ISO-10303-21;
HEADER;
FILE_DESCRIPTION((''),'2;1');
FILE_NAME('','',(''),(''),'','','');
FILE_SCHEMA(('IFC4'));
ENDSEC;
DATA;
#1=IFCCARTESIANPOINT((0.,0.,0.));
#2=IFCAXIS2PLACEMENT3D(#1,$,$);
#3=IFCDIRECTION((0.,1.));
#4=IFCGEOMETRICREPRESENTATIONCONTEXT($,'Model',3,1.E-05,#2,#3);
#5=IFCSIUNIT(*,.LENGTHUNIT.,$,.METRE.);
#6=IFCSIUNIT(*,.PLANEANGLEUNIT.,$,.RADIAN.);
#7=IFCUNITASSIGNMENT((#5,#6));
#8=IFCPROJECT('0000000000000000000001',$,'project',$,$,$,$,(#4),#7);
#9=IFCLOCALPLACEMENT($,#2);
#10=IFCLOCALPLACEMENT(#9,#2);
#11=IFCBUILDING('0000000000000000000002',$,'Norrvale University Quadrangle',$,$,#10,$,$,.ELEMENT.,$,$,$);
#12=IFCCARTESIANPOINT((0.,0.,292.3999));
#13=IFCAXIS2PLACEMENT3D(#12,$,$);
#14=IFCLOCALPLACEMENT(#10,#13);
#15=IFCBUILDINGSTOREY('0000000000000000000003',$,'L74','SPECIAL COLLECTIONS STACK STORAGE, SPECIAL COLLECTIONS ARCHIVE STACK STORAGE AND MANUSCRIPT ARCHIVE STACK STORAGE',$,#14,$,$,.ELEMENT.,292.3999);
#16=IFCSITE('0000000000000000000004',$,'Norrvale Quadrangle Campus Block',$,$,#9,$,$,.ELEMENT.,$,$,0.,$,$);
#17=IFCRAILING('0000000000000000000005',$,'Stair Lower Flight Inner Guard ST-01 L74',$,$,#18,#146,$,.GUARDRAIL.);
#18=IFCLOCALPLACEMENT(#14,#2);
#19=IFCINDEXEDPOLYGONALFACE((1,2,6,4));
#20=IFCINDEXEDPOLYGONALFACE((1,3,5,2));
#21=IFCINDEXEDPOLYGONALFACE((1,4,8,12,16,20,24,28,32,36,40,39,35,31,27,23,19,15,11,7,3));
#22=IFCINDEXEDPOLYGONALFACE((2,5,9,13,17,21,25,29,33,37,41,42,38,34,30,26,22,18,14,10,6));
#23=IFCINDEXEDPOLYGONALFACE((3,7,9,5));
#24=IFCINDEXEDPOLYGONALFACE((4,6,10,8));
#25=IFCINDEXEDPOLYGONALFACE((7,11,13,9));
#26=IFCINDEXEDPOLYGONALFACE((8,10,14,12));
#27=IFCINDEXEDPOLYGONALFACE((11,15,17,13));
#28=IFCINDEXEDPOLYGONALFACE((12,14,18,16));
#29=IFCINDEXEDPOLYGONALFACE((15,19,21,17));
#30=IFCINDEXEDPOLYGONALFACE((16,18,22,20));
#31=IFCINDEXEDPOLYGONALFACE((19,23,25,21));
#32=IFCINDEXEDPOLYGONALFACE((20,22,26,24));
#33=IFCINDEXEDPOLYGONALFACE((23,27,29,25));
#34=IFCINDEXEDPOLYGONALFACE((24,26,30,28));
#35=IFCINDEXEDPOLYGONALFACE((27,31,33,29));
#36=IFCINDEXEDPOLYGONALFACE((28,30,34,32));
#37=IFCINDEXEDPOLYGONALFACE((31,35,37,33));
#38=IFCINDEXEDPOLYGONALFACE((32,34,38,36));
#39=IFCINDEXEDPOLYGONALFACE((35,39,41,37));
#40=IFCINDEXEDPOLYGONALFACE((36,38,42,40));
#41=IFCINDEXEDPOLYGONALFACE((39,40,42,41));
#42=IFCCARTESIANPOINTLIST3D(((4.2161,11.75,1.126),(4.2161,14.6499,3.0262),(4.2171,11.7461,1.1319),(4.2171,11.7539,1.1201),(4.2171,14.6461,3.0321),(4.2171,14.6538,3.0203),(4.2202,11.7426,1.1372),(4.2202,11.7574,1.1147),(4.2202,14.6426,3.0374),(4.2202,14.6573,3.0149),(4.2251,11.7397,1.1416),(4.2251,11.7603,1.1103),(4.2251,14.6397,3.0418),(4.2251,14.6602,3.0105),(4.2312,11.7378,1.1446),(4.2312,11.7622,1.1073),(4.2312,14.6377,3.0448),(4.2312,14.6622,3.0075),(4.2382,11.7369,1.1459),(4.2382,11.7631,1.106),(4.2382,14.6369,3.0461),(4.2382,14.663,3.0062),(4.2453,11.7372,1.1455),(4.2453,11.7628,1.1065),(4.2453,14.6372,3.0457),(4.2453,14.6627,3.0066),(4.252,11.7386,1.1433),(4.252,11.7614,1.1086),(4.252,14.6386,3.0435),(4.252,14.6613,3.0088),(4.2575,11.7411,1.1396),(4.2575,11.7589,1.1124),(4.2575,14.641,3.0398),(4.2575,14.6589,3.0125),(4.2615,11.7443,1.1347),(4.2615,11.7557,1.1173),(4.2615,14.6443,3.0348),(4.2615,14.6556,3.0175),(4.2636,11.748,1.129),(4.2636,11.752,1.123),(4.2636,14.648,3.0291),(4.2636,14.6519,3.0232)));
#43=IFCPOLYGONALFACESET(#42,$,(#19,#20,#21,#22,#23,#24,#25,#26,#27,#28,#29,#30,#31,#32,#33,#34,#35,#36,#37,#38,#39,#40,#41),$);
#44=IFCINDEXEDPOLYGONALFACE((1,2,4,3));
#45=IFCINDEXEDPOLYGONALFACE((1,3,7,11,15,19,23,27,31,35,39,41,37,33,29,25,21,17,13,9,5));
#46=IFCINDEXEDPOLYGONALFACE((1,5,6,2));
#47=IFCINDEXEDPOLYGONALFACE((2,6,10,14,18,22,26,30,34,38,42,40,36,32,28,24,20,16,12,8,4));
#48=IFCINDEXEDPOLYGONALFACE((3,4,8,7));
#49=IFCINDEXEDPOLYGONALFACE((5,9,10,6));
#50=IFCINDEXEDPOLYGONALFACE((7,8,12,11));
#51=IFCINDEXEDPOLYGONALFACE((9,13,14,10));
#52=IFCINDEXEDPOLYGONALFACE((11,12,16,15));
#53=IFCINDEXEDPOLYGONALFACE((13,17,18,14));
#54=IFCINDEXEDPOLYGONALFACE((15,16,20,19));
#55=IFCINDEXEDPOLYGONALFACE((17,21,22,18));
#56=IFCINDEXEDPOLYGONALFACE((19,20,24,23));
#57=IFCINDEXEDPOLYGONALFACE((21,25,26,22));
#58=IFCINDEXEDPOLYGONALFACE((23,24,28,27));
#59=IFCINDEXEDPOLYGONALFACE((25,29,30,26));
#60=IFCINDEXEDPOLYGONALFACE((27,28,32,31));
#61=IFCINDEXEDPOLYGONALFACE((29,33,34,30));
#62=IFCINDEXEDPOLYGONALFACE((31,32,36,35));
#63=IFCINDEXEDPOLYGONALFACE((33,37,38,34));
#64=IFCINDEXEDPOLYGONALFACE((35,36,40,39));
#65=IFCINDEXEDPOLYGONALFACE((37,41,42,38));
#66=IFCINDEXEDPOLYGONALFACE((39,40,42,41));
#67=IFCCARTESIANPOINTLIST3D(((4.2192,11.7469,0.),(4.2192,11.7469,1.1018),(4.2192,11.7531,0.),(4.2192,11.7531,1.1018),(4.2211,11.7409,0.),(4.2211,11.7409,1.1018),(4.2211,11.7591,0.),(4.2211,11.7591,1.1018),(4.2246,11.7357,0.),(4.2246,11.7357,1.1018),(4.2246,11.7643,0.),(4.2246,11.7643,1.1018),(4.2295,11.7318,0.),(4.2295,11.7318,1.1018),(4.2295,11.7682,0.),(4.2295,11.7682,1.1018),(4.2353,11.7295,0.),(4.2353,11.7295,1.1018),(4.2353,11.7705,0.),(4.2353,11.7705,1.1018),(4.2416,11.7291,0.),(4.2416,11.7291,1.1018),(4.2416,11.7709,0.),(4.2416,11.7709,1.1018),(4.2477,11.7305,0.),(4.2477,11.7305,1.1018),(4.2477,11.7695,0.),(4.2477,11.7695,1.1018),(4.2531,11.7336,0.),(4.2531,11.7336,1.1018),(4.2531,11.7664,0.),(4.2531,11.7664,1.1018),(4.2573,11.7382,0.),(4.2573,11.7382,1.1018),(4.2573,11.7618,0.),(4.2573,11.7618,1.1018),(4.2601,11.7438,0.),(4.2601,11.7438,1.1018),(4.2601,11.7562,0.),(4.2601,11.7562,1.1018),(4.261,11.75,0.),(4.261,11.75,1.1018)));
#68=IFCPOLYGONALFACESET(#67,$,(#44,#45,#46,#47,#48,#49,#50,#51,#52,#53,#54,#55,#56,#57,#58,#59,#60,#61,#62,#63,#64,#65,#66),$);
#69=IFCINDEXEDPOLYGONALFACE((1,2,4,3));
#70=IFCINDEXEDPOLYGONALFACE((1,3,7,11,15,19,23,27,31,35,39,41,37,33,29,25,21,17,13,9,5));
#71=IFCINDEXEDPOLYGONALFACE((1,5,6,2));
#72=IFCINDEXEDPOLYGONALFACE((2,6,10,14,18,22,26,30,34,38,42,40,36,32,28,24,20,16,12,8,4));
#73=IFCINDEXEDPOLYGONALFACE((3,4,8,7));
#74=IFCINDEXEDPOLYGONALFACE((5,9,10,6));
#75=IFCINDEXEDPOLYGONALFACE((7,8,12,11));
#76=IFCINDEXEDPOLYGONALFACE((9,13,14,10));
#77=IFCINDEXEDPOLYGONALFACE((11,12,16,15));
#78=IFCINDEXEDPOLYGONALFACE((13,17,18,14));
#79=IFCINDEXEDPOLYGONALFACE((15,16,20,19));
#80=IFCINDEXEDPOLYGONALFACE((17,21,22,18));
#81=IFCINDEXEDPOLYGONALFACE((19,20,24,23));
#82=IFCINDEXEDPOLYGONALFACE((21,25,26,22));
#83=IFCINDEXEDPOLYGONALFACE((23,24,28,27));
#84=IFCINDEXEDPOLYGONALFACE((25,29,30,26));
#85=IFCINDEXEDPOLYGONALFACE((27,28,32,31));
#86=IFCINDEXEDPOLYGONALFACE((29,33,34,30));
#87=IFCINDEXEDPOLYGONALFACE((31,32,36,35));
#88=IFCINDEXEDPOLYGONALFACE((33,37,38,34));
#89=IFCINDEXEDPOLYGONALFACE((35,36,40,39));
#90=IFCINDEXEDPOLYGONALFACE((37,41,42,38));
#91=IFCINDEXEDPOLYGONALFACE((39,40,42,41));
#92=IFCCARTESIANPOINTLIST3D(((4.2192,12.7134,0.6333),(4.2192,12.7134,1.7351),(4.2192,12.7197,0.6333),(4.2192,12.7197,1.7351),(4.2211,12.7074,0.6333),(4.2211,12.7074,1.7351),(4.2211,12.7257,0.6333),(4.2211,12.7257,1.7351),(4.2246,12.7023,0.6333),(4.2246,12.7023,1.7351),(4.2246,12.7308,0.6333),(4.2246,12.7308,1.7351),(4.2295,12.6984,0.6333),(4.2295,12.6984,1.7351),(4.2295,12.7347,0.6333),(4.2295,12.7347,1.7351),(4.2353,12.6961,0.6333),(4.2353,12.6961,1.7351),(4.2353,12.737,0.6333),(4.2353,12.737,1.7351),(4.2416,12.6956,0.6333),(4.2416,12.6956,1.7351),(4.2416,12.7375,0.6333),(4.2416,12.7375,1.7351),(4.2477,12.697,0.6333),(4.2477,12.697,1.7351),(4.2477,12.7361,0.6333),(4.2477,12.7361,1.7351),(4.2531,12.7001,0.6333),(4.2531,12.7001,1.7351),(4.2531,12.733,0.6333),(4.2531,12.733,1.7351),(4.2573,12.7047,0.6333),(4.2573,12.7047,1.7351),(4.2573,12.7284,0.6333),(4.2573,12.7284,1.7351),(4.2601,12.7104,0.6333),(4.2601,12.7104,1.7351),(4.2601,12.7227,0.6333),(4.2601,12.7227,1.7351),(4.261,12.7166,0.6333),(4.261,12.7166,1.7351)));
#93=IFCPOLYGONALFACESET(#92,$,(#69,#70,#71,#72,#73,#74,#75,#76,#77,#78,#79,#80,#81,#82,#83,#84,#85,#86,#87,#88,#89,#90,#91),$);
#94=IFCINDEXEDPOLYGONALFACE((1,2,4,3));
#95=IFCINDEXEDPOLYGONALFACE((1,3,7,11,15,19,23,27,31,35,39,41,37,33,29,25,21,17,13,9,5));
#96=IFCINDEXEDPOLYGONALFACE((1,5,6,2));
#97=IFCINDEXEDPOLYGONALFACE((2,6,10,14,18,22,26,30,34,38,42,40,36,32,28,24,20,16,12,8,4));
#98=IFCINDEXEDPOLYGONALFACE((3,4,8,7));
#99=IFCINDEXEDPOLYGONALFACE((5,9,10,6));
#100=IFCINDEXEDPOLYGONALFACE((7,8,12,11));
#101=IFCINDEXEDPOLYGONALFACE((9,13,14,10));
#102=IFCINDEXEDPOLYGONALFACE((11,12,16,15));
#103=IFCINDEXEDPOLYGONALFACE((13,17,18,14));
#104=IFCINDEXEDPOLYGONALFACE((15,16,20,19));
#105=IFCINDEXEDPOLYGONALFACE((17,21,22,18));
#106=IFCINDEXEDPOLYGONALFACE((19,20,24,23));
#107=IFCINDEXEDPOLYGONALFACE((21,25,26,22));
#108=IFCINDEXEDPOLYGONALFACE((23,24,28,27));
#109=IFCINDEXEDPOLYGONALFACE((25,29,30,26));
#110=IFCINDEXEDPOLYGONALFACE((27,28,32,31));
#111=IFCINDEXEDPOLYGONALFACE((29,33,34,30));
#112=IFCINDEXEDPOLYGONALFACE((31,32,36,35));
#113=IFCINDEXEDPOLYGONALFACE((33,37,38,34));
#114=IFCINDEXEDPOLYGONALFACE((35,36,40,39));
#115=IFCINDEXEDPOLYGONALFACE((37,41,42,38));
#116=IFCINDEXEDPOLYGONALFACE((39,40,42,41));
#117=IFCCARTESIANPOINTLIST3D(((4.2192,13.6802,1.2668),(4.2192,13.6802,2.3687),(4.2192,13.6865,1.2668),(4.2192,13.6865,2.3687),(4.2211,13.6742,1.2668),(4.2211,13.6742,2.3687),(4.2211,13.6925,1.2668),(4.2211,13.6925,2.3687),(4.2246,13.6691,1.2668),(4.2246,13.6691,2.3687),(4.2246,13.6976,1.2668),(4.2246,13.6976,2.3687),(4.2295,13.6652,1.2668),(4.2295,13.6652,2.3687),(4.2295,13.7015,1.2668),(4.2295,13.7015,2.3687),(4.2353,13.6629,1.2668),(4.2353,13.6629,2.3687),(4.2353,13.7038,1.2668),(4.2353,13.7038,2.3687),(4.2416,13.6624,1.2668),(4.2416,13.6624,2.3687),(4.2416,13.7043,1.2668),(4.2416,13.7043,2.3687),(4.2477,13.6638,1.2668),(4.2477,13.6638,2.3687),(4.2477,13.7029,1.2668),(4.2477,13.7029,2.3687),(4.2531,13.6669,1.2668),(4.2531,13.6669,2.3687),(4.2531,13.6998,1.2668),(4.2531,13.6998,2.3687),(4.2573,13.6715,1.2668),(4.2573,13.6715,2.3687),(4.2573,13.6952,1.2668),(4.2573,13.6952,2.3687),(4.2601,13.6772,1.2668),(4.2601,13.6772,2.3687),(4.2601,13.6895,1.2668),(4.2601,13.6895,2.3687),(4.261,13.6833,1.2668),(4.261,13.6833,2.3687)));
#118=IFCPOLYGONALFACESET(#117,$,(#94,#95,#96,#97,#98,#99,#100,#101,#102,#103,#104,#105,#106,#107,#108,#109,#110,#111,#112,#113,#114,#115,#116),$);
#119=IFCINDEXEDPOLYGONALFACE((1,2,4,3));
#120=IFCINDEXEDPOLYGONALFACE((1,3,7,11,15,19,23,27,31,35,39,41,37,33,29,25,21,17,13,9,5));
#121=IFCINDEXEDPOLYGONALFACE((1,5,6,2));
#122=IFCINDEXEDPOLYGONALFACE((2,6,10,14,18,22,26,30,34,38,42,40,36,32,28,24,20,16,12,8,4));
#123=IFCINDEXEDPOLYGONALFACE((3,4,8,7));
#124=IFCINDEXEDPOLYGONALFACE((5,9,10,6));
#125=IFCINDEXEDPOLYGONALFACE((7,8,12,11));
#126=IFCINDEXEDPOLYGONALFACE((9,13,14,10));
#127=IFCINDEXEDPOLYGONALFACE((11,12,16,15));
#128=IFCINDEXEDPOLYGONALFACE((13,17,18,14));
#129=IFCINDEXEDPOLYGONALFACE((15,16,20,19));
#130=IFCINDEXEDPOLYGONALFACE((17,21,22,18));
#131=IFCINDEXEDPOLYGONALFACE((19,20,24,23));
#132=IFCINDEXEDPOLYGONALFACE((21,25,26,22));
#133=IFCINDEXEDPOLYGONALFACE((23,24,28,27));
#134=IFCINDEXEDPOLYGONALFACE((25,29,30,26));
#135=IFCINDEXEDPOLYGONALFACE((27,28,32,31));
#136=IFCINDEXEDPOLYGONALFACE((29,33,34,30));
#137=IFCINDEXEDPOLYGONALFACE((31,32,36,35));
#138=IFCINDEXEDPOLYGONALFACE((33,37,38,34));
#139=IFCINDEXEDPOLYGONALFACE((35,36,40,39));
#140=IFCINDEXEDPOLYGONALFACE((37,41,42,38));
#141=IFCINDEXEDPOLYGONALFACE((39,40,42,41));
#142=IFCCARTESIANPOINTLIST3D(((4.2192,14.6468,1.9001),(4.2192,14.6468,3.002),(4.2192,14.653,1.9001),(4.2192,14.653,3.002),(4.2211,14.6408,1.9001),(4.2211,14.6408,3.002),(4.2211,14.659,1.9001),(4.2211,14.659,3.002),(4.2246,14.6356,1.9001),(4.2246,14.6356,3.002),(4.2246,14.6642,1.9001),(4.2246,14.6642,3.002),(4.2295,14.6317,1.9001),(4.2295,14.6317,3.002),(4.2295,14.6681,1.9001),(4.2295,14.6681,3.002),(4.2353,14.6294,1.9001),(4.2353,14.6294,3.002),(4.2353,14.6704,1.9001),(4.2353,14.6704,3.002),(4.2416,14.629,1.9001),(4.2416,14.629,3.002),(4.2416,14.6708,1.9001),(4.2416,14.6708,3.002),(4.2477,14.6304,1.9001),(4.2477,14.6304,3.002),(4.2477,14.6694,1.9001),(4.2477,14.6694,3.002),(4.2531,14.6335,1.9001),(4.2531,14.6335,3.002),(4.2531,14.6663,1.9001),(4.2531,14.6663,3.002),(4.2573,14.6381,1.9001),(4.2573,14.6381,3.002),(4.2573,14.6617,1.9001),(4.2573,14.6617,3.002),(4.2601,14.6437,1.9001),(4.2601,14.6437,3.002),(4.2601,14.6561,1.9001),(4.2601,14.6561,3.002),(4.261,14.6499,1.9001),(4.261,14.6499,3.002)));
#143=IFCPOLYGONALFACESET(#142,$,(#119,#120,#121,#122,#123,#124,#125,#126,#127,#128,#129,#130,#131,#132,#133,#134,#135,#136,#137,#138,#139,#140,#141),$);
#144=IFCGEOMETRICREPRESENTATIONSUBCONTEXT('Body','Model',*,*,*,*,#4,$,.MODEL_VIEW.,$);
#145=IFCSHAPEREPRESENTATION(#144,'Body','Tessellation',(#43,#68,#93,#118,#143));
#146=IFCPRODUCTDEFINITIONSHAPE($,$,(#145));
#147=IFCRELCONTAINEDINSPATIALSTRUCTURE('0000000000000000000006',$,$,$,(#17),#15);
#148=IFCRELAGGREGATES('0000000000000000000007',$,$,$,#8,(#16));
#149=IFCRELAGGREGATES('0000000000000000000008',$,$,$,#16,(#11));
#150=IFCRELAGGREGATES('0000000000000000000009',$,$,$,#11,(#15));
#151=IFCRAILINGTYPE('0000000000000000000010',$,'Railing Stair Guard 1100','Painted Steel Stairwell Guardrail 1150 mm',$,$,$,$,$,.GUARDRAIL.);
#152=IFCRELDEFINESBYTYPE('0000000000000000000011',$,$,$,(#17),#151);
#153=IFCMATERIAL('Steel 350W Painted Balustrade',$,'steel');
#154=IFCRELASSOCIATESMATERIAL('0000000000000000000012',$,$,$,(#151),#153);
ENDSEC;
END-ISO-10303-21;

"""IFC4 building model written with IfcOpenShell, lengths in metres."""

from ifc_helpers import new_model, si_unit, direction, frame, origin, origin_2d, place, context, subcontext, project, spatial, circle, extrude, material, type_object, element, save


model = new_model("IFC4")

# Units and contexts
model_context = context("Model", 3, precision=1e-05, world=origin(), true_north=direction((0.0, 1.0)))
body_context = subcontext(model_context, "Body", "Model", "MODEL_VIEW")
ifc_project = project(units=[si_unit("LENGTHUNIT", "METRE"), si_unit("PLANEANGLEUNIT", "RADIAN")], contexts=[model_context])

# Site, building, storey
site_placement = place(None, origin())
site = spatial("IfcSite", under=ifc_project, at=site_placement, Name="Norrvale Quadrangle Campus Block", CompositionType="ELEMENT", RefElevation=0.0)
building_placement = place(site_placement, origin())
building = spatial("IfcBuilding", under=site, at=building_placement, Name="Norrvale University Quadrangle", CompositionType="ELEMENT")
storey_placement = place(building_placement, frame((0.0, 0.0, 292.3999)))
storey = spatial("IfcBuildingStorey", under=building, at=storey_placement, Name="L74", Description="SPECIAL COLLECTIONS STACK STORAGE, SPECIAL COLLECTIONS ARCHIVE STACK STORAGE AND MANUSCRIPT ARCHIVE STACK STORAGE", CompositionType="ELEMENT", Elevation=292.3999)

# Railing
ifc_material_1 = material(Name="Steel 350W Painted Balustrade", Category="steel")
railing_type_1 = type_object("IfcRailingType", Name="Railing Stair Guard 1100", Description="Painted Steel Stairwell Guardrail 1150 mm", PredefinedType="GUARDRAIL", material=ifc_material_1)
railing_1_placement = place(storey_placement, frame((4.24, 11.75, 0.0)))
element("IfcRailing", 1, at=railing_1_placement, inside=storey, type_object=railing_type_1, Name="Stair Lower Flight Inner Guard ST-01 L74", PredefinedType="GUARDRAIL", context=body_context, shape_type="SweptSolid", body=[
    extrude(circle(Radius=0.0239, at=origin_2d()), frame((0.0, 0.0, 1.126), z_axis=(0.0, 0.836433, 0.548069), x_axis=(-1.0, 0.0, 0.0)), (0.0, 0.0, 1.0), 3.467),
    extrude(circle(Radius=0.021, at=origin_2d()), origin(), (0.0, 0.0, 1.0), 1.1018),
    extrude(circle(Radius=0.021, at=origin_2d()), frame((0.0, 0.9666, 0.6333)), (0.0, 0.0, 1.0), 1.1018),
    extrude(circle(Radius=0.021, at=origin_2d()), frame((0.0, 1.9333, 1.2668)), (0.0, 0.0, 1.0), 1.1018),
    extrude(circle(Radius=0.021, at=origin_2d()), frame((0.0, 2.8999, 1.9001)), (0.0, 0.0, 1.0), 1.1018),
])

save(model, "model.ifc")
